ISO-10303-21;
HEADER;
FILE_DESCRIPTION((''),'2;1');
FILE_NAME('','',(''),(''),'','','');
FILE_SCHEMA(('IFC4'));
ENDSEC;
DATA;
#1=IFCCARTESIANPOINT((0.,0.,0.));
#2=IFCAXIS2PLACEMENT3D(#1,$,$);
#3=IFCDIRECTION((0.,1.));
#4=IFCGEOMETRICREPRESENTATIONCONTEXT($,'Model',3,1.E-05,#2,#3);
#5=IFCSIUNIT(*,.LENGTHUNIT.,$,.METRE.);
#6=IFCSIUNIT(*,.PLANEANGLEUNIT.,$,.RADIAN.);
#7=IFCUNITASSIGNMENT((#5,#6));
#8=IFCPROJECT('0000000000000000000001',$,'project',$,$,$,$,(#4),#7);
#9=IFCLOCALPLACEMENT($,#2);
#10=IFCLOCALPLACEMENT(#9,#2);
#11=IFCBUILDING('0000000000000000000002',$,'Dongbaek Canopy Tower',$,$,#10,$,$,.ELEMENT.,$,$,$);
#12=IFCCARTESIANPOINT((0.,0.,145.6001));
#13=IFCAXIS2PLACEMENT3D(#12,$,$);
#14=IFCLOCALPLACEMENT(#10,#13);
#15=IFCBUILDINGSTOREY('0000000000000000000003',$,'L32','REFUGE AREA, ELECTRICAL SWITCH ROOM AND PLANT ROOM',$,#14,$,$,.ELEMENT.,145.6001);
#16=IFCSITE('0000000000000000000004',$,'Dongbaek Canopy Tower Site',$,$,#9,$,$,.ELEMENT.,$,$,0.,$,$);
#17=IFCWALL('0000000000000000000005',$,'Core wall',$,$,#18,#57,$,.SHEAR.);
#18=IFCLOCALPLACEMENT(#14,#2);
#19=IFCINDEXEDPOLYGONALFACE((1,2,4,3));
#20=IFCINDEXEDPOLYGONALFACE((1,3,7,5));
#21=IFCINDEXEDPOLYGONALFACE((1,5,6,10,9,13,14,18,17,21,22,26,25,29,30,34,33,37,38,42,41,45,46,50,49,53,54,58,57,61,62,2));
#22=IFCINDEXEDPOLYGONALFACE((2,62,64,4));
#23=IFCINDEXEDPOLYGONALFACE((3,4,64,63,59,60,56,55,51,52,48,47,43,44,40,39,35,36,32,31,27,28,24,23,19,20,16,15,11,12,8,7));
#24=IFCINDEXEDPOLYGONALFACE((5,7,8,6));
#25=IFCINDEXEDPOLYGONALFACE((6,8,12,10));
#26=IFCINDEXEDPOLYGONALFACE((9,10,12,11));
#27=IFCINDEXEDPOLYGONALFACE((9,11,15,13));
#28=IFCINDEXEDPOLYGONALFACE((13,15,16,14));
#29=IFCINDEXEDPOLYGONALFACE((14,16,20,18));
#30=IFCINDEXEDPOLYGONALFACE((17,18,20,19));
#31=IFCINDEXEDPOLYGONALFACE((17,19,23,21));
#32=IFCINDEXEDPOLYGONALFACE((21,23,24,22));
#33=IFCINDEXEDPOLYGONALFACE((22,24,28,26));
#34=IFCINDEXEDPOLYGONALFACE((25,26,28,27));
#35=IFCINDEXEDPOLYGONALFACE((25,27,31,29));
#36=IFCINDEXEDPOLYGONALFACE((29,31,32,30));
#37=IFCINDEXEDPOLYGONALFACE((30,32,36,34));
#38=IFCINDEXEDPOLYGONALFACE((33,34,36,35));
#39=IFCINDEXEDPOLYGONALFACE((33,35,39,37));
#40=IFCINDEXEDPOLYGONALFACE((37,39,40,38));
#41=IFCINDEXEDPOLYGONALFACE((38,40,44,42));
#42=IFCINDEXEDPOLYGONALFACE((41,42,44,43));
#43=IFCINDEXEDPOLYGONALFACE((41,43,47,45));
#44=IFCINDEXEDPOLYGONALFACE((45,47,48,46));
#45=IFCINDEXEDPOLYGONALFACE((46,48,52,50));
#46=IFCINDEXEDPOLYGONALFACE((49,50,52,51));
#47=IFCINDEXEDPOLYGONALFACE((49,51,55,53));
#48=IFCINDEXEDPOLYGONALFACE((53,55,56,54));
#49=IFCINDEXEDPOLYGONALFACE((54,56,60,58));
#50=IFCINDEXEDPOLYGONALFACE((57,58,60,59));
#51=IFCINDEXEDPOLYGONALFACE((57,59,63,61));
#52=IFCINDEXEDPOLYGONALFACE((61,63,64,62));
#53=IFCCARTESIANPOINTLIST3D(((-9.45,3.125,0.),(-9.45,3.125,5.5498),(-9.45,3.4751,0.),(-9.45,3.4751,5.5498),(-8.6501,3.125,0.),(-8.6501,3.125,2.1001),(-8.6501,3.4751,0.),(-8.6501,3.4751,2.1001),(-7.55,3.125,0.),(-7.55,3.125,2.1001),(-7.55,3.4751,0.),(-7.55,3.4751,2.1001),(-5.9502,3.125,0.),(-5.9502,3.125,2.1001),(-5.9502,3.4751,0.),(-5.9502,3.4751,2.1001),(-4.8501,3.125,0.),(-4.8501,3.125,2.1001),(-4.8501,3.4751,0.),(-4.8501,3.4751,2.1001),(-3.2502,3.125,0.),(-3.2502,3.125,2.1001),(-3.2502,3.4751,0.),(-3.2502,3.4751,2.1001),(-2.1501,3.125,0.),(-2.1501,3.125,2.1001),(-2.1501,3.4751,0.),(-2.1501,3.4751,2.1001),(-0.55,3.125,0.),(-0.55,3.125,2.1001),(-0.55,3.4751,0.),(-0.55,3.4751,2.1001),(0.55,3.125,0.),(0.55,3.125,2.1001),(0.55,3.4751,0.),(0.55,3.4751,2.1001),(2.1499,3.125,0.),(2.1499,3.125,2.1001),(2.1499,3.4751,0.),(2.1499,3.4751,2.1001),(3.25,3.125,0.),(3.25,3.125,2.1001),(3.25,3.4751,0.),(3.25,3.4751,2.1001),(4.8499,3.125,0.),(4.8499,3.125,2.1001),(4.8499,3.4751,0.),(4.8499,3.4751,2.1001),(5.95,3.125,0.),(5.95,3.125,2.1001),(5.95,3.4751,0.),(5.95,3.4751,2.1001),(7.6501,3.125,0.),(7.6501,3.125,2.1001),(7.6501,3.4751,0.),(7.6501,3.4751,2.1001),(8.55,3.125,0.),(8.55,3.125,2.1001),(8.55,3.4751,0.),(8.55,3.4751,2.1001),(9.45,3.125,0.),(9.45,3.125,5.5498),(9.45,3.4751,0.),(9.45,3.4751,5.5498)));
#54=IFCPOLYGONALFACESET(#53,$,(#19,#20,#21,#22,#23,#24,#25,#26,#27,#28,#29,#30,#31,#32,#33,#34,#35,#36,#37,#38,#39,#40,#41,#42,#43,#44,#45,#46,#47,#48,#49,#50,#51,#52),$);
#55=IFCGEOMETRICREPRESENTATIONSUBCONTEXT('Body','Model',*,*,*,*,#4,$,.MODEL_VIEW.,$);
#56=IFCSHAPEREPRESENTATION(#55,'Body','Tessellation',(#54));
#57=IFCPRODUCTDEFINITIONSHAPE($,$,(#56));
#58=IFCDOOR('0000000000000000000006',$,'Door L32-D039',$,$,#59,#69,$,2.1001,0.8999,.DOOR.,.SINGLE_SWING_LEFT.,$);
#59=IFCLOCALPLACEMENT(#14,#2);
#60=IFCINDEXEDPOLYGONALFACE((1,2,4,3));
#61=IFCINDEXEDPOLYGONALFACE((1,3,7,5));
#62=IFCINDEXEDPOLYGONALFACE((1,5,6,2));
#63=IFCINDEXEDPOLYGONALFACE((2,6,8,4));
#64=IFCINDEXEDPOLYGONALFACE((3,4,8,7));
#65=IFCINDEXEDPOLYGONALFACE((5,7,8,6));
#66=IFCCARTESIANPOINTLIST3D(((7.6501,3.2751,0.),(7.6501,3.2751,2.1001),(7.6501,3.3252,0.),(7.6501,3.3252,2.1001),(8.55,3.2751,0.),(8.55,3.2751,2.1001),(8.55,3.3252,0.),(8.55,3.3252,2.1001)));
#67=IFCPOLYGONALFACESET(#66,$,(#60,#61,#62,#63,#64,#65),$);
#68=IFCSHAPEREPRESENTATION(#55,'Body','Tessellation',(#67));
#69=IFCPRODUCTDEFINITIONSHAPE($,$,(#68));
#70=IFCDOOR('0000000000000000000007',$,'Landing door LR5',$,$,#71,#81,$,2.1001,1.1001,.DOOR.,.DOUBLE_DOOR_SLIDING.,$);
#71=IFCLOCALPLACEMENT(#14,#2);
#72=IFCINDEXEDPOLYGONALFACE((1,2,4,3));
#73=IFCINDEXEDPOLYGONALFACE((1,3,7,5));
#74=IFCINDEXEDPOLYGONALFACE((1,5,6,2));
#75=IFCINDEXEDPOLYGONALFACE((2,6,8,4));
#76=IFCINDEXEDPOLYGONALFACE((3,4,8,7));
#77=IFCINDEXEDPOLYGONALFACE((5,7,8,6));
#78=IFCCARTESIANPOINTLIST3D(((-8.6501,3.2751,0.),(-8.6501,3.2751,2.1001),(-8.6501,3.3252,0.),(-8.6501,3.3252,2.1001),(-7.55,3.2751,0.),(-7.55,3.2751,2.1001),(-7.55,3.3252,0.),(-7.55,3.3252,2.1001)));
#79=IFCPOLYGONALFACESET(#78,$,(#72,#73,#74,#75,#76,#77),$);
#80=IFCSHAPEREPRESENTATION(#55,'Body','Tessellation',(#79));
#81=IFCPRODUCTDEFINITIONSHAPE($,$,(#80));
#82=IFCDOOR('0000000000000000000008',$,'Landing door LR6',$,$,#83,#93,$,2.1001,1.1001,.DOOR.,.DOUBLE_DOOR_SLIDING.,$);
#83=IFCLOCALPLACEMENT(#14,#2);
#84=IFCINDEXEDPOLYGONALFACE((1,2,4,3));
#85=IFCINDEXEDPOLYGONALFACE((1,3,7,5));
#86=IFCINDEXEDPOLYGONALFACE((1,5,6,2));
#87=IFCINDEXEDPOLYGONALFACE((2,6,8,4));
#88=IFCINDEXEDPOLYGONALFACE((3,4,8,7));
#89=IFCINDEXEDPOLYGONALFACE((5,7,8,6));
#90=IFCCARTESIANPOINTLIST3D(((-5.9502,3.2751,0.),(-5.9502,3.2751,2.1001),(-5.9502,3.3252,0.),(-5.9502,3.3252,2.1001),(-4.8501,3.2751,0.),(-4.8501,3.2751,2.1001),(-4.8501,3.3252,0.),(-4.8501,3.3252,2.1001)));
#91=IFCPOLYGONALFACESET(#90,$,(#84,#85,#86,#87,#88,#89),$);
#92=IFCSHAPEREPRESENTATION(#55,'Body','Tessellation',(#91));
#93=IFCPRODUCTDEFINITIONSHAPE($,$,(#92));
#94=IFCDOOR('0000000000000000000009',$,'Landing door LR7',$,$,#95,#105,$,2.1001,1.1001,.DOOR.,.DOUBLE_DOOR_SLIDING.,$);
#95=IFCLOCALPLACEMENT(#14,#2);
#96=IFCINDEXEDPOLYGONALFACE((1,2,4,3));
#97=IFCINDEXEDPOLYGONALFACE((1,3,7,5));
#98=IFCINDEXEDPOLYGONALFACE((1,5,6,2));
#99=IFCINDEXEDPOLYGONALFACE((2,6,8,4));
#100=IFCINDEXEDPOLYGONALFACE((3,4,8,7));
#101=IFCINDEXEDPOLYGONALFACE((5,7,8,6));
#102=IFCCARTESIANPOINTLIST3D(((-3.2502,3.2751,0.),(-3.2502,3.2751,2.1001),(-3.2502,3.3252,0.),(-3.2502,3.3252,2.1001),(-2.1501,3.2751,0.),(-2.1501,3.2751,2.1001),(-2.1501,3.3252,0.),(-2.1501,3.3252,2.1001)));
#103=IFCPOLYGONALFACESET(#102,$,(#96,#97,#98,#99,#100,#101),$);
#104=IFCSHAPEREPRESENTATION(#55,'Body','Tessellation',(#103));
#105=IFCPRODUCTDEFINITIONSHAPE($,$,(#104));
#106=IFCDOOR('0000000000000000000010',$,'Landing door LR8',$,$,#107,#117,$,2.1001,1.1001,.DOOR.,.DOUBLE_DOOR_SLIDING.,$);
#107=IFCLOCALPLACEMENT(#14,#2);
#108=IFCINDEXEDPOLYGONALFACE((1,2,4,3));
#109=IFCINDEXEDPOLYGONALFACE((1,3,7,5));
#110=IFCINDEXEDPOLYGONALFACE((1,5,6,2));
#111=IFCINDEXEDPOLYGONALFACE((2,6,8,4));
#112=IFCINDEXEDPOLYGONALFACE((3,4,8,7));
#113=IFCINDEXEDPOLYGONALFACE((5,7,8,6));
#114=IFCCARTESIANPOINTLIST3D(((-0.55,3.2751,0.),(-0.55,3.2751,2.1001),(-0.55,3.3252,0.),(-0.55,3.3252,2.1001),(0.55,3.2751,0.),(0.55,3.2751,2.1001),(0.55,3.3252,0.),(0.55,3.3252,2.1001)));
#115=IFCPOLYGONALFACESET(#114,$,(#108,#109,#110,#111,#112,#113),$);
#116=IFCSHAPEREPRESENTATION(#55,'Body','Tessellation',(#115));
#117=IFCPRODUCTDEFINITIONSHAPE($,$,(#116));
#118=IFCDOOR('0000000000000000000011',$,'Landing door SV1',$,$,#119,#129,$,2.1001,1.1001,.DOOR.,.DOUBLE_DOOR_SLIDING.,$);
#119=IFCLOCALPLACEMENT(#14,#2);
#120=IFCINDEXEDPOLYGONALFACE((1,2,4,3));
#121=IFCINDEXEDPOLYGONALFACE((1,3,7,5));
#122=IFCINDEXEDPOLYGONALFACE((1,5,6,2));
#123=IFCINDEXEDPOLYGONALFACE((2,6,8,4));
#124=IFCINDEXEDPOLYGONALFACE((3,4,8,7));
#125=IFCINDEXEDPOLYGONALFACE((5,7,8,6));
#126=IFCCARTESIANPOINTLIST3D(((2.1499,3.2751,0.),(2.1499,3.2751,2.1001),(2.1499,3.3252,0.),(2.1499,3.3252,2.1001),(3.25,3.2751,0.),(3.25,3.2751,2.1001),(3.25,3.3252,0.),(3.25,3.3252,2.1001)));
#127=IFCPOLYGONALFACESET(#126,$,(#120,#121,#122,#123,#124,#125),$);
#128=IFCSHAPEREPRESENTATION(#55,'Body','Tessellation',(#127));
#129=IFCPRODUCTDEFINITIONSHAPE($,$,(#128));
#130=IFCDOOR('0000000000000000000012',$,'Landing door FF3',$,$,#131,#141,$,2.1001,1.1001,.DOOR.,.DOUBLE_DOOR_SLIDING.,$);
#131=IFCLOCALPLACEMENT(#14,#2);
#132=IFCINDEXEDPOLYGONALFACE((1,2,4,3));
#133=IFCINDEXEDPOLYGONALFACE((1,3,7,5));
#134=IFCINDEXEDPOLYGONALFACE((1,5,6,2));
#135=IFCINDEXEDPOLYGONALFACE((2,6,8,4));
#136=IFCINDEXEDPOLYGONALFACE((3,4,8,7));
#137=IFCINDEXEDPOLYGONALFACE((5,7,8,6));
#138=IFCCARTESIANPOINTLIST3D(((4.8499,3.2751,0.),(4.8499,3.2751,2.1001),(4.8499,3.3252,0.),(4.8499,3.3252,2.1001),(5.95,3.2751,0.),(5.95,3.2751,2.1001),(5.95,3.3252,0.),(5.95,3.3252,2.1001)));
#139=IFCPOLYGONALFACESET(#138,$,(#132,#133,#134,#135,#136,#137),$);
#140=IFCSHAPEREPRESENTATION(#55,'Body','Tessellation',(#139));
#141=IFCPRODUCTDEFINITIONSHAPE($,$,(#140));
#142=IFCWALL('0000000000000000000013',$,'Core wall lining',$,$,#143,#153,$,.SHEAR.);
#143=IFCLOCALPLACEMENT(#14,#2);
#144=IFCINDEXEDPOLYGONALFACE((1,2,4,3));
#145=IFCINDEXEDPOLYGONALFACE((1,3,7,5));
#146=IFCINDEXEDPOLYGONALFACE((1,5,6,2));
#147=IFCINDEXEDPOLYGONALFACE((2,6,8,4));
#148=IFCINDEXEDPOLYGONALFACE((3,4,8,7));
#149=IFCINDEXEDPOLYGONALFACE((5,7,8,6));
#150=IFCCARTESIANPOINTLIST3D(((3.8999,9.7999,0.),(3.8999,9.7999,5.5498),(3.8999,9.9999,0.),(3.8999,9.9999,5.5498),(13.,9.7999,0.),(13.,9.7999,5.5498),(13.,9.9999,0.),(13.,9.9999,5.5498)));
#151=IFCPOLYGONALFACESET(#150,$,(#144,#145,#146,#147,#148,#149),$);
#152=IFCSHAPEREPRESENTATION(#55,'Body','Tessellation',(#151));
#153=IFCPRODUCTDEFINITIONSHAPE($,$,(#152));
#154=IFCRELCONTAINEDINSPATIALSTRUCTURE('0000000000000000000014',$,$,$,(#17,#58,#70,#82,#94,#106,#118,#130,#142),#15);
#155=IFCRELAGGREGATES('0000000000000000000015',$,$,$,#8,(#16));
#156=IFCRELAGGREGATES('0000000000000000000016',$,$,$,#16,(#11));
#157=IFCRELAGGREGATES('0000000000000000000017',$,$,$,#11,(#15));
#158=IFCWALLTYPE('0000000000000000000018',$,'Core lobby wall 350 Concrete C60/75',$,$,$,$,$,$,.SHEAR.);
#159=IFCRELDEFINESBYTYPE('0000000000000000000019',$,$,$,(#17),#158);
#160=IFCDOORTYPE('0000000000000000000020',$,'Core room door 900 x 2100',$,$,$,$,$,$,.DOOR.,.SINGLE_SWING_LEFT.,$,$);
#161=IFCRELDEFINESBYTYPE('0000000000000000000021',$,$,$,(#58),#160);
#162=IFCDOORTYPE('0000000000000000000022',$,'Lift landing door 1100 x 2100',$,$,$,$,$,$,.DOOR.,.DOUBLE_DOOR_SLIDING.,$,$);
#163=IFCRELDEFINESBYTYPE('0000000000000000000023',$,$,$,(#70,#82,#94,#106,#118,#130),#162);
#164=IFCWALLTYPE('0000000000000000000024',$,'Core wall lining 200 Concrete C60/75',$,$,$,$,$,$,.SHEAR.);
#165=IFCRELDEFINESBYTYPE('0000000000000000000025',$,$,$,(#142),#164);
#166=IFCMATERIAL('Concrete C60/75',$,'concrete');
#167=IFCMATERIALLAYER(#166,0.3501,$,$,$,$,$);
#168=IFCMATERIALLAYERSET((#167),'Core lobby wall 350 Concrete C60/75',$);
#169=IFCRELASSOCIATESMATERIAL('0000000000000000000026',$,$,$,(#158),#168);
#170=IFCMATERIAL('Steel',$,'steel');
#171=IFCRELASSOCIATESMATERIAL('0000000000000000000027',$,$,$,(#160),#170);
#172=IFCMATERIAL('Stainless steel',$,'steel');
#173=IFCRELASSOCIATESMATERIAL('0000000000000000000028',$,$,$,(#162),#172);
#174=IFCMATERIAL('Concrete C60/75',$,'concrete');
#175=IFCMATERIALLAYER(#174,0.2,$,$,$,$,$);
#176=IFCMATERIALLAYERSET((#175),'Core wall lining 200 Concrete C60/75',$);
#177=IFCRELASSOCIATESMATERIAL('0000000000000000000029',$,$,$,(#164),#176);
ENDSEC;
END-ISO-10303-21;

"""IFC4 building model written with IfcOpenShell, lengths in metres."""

from ifc_helpers import new_model, si_unit, direction, frame, frame_2d, origin, place, context, subcontext, project, spatial, rectangle, extrude, material, layer, layer_set, type_object, element, fill, save


model = new_model("IFC4")

# Units and contexts
model_context = context("Model", 3, precision=1e-05, world=origin(), true_north=direction((0.0, 1.0)))
body_context = subcontext(model_context, "Body", "Model", "MODEL_VIEW")
ifc_project = project(units=[si_unit("LENGTHUNIT", "METRE"), si_unit("PLANEANGLEUNIT", "RADIAN")], contexts=[model_context])

# Site, building, storey
site_placement = place(None, origin())
site = spatial("IfcSite", under=ifc_project, at=site_placement, Name="Dongbaek Canopy Tower Site", CompositionType="ELEMENT", RefElevation=0.0)
building_placement = place(site_placement, origin())
building = spatial("IfcBuilding", under=site, at=building_placement, Name="Dongbaek Canopy Tower", CompositionType="ELEMENT")
storey_placement = place(building_placement, frame((0.0, 0.0, 145.6001)))
storey = spatial("IfcBuildingStorey", under=building, at=storey_placement, Name="L32", Description="REFUGE AREA, ELECTRICAL SWITCH ROOM AND PLANT ROOM", CompositionType="ELEMENT", Elevation=145.6001)

# Wall, openings, doors
ifc_material_1 = material(Name="Concrete C60/75", Category="concrete")
ifc_layer_1 = layer(ifc_material_1, 0.3501)
ifc_layer_set_1 = layer_set([ifc_layer_1], Name="Core lobby wall 350 Concrete C60/75")
wall_type_1 = type_object("IfcWallType", Name="Core lobby wall 350 Concrete C60/75", PredefinedType="SHEAR", material=ifc_layer_set_1)
wall_1_placement = place(storey_placement, frame((9.45, 3.3, 0.0), z_axis=(0.0, 0.0, 1.0), x_axis=(-1.0, 0.0, 0.0)))
wall_1 = element("IfcWall", 1, at=wall_1_placement, inside=storey, type_object=wall_type_1, Name="Core wall", PredefinedType="SHEAR", context=body_context, shape_type="SweptSolid", body=[
    extrude(rectangle(XDim=18.8999, YDim=0.3501, at=frame_2d((9.45, 0.0))), origin(), (0.0, 0.0, 1.0), 5.5498),
])
opening_1_placement = place(wall_1_placement, frame((17.0, 0.0, 0.0)))
opening_1 = element("IfcOpeningElement", 2, at=opening_1_placement, cuts=wall_1, PredefinedType="OPENING", context=body_context, shape_type="SweptSolid", body=[
    extrude(rectangle(XDim=1.1001, YDim=2.1001, at=frame_2d((0.55, 1.05))), frame((0.0, 0.1851, 0.0), z_axis=(0.0, -1.0, 0.0), x_axis=(1.0, 0.0, 0.0)), (0.0, 0.0, 1.0), 0.3701),
])
opening_2_placement = place(wall_1_placement, frame((14.3, 0.0, 0.0)))
opening_2 = element("IfcOpeningElement", 3, at=opening_2_placement, cuts=wall_1, PredefinedType="OPENING", context=body_context, shape_type="SweptSolid", body=[
    extrude(rectangle(XDim=1.1001, YDim=2.1001, at=frame_2d((0.55, 1.05))), frame((0.0, 0.1851, 0.0), z_axis=(0.0, -1.0, 0.0), x_axis=(1.0, 0.0, 0.0)), (0.0, 0.0, 1.0), 0.3701),
])
opening_3_placement = place(wall_1_placement, frame((11.6001, 0.0, 0.0)))
opening_3 = element("IfcOpeningElement", 4, at=opening_3_placement, cuts=wall_1, PredefinedType="OPENING", context=body_context, shape_type="SweptSolid", body=[
    extrude(rectangle(XDim=1.1001, YDim=2.1001, at=frame_2d((0.55, 1.05))), frame((0.0, 0.1851, 0.0), z_axis=(0.0, -1.0, 0.0), x_axis=(1.0, 0.0, 0.0)), (0.0, 0.0, 1.0), 0.3701),
])
opening_4_placement = place(wall_1_placement, frame((8.8999, 0.0, 0.0)))
opening_4 = element("IfcOpeningElement", 5, at=opening_4_placement, cuts=wall_1, PredefinedType="OPENING", context=body_context, shape_type="SweptSolid", body=[
    extrude(rectangle(XDim=1.1001, YDim=2.1001, at=frame_2d((0.55, 1.05))), frame((0.0, 0.1851, 0.0), z_axis=(0.0, -1.0, 0.0), x_axis=(1.0, 0.0, 0.0)), (0.0, 0.0, 1.0), 0.3701),
])
opening_5_placement = place(wall_1_placement, frame((6.2, 0.0, 0.0)))
opening_5 = element("IfcOpeningElement", 6, at=opening_5_placement, cuts=wall_1, PredefinedType="OPENING", context=body_context, shape_type="SweptSolid", body=[
    extrude(rectangle(XDim=1.1001, YDim=2.1001, at=frame_2d((0.55, 1.05))), frame((0.0, 0.1851, 0.0), z_axis=(0.0, -1.0, 0.0), x_axis=(1.0, 0.0, 0.0)), (0.0, 0.0, 1.0), 0.3701),
])
opening_6_placement = place(wall_1_placement, frame((3.5, 0.0, 0.0)))
opening_6 = element("IfcOpeningElement", 7, at=opening_6_placement, cuts=wall_1, PredefinedType="OPENING", context=body_context, shape_type="SweptSolid", body=[
    extrude(rectangle(XDim=1.1001, YDim=2.1001, at=frame_2d((0.55, 1.05))), frame((0.0, 0.1851, 0.0), z_axis=(0.0, -1.0, 0.0), x_axis=(1.0, 0.0, 0.0)), (0.0, 0.0, 1.0), 0.3701),
])
opening_7_placement = place(wall_1_placement, frame((0.8999, 0.0, 0.0)))
opening_7 = element("IfcOpeningElement", 8, at=opening_7_placement, cuts=wall_1, PredefinedType="OPENING", context=body_context, shape_type="SweptSolid", body=[
    extrude(rectangle(XDim=0.8999, YDim=2.1001, at=frame_2d((0.45, 1.05))), frame((0.0, 0.1851, 0.0), z_axis=(0.0, -1.0, 0.0), x_axis=(1.0, 0.0, 0.0)), (0.0, 0.0, 1.0), 0.3701),
])
ifc_material_2 = material(Name="Steel", Category="steel")
door_type_1 = type_object("IfcDoorType", Name="Core room door 900 x 2100", OperationType="SINGLE_SWING_LEFT", PredefinedType="DOOR", material=ifc_material_2)
door_1_placement = place(opening_7_placement, origin())
door_1 = element("IfcDoor", 9, at=door_1_placement, inside=storey, type_object=door_type_1, Name="Door L32-D039", OperationType="SINGLE_SWING_LEFT", OverallHeight=2.1001, OverallWidth=0.8999, PredefinedType="DOOR", context=body_context, shape_type="SweptSolid", body=[
    extrude(rectangle(XDim=0.8999, YDim=2.1001, at=frame_2d((0.45, 1.05))), frame((0.0, 0.0249, 0.0), z_axis=(0.0, -1.0, 0.0), x_axis=(1.0, 0.0, 0.0)), (0.0, 0.0, 1.0), 0.05),
])
fill(opening_7, door_1)
ifc_material_3 = material(Name="Stainless steel", Category="steel")
door_type_2 = type_object("IfcDoorType", Name="Lift landing door 1100 x 2100", OperationType="DOUBLE_DOOR_SLIDING", PredefinedType="DOOR", material=ifc_material_3)
door_2_placement = place(opening_1_placement, origin())
door_2 = element("IfcDoor", 10, at=door_2_placement, inside=storey, type_object=door_type_2, Name="Landing door LR5", OperationType="DOUBLE_DOOR_SLIDING", OverallHeight=2.1001, OverallWidth=1.1001, PredefinedType="DOOR", context=body_context, shape_type="SweptSolid", body=[
    extrude(rectangle(XDim=1.1001, YDim=2.1001, at=frame_2d((0.55, 1.05))), frame((0.0, 0.0249, 0.0), z_axis=(0.0, -1.0, 0.0), x_axis=(1.0, 0.0, 0.0)), (0.0, 0.0, 1.0), 0.05),
])
fill(opening_1, door_2)
door_3_placement = place(opening_2_placement, origin())
door_3 = element("IfcDoor", 11, at=door_3_placement, inside=storey, type_object=door_type_2, Name="Landing door LR6", OperationType="DOUBLE_DOOR_SLIDING", OverallHeight=2.1001, OverallWidth=1.1001, PredefinedType="DOOR", context=body_context, shape_type="SweptSolid", body=[
    extrude(rectangle(XDim=1.1001, YDim=2.1001, at=frame_2d((0.55, 1.05))), frame((0.0, 0.0249, 0.0), z_axis=(0.0, -1.0, 0.0), x_axis=(1.0, 0.0, 0.0)), (0.0, 0.0, 1.0), 0.05),
])
fill(opening_2, door_3)
door_4_placement = place(opening_3_placement, origin())
door_4 = element("IfcDoor", 12, at=door_4_placement, inside=storey, type_object=door_type_2, Name="Landing door LR7", OperationType="DOUBLE_DOOR_SLIDING", OverallHeight=2.1001, OverallWidth=1.1001, PredefinedType="DOOR", context=body_context, shape_type="SweptSolid", body=[
    extrude(rectangle(XDim=1.1001, YDim=2.1001, at=frame_2d((0.55, 1.05))), frame((0.0, 0.0249, 0.0), z_axis=(0.0, -1.0, 0.0), x_axis=(1.0, 0.0, 0.0)), (0.0, 0.0, 1.0), 0.05),
])
fill(opening_3, door_4)
door_5_placement = place(opening_4_placement, origin())
door_5 = element("IfcDoor", 13, at=door_5_placement, inside=storey, type_object=door_type_2, Name="Landing door LR8", OperationType="DOUBLE_DOOR_SLIDING", OverallHeight=2.1001, OverallWidth=1.1001, PredefinedType="DOOR", context=body_context, shape_type="SweptSolid", body=[
    extrude(rectangle(XDim=1.1001, YDim=2.1001, at=frame_2d((0.55, 1.05))), frame((0.0, 0.0249, 0.0), z_axis=(0.0, -1.0, 0.0), x_axis=(1.0, 0.0, 0.0)), (0.0, 0.0, 1.0), 0.05),
])
fill(opening_4, door_5)
door_6_placement = place(opening_5_placement, origin())
door_6 = element("IfcDoor", 14, at=door_6_placement, inside=storey, type_object=door_type_2, Name="Landing door SV1", OperationType="DOUBLE_DOOR_SLIDING", OverallHeight=2.1001, OverallWidth=1.1001, PredefinedType="DOOR", context=body_context, shape_type="SweptSolid", body=[
    extrude(rectangle(XDim=1.1001, YDim=2.1001, at=frame_2d((0.55, 1.05))), frame((0.0, 0.0249, 0.0), z_axis=(0.0, -1.0, 0.0), x_axis=(1.0, 0.0, 0.0)), (0.0, 0.0, 1.0), 0.05),
])
fill(opening_5, door_6)
door_7_placement = place(opening_6_placement, origin())
door_7 = element("IfcDoor", 15, at=door_7_placement, inside=storey, type_object=door_type_2, Name="Landing door FF3", OperationType="DOUBLE_DOOR_SLIDING", OverallHeight=2.1001, OverallWidth=1.1001, PredefinedType="DOOR", context=body_context, shape_type="SweptSolid", body=[
    extrude(rectangle(XDim=1.1001, YDim=2.1001, at=frame_2d((0.55, 1.05))), frame((0.0, 0.0249, 0.0), z_axis=(0.0, -1.0, 0.0), x_axis=(1.0, 0.0, 0.0)), (0.0, 0.0, 1.0), 0.05),
])
fill(opening_6, door_7)

# Wall
ifc_material_4 = material(Name="Concrete C60/75", Category="concrete")
ifc_layer_2 = layer(ifc_material_4, 0.2)
ifc_layer_set_2 = layer_set([ifc_layer_2], Name="Core wall lining 200 Concrete C60/75")
wall_type_2 = type_object("IfcWallType", Name="Core wall lining 200 Concrete C60/75", PredefinedType="SHEAR", material=ifc_layer_set_2)
wall_2_placement = place(storey_placement, frame((3.8999, 9.8999, 0.0), z_axis=(0.0, 0.0, 1.0), x_axis=(1.0, 0.0, 0.0)))
element("IfcWall", 16, at=wall_2_placement, inside=storey, type_object=wall_type_2, Name="Core wall lining", PredefinedType="SHEAR", context=body_context, shape_type="SweptSolid", body=[
    extrude(rectangle(XDim=9.1001, YDim=0.2, at=frame_2d((4.55, 0.0))), origin(), (0.0, 0.0, 1.0), 5.5498),
])

save(model, "model.ifc")
